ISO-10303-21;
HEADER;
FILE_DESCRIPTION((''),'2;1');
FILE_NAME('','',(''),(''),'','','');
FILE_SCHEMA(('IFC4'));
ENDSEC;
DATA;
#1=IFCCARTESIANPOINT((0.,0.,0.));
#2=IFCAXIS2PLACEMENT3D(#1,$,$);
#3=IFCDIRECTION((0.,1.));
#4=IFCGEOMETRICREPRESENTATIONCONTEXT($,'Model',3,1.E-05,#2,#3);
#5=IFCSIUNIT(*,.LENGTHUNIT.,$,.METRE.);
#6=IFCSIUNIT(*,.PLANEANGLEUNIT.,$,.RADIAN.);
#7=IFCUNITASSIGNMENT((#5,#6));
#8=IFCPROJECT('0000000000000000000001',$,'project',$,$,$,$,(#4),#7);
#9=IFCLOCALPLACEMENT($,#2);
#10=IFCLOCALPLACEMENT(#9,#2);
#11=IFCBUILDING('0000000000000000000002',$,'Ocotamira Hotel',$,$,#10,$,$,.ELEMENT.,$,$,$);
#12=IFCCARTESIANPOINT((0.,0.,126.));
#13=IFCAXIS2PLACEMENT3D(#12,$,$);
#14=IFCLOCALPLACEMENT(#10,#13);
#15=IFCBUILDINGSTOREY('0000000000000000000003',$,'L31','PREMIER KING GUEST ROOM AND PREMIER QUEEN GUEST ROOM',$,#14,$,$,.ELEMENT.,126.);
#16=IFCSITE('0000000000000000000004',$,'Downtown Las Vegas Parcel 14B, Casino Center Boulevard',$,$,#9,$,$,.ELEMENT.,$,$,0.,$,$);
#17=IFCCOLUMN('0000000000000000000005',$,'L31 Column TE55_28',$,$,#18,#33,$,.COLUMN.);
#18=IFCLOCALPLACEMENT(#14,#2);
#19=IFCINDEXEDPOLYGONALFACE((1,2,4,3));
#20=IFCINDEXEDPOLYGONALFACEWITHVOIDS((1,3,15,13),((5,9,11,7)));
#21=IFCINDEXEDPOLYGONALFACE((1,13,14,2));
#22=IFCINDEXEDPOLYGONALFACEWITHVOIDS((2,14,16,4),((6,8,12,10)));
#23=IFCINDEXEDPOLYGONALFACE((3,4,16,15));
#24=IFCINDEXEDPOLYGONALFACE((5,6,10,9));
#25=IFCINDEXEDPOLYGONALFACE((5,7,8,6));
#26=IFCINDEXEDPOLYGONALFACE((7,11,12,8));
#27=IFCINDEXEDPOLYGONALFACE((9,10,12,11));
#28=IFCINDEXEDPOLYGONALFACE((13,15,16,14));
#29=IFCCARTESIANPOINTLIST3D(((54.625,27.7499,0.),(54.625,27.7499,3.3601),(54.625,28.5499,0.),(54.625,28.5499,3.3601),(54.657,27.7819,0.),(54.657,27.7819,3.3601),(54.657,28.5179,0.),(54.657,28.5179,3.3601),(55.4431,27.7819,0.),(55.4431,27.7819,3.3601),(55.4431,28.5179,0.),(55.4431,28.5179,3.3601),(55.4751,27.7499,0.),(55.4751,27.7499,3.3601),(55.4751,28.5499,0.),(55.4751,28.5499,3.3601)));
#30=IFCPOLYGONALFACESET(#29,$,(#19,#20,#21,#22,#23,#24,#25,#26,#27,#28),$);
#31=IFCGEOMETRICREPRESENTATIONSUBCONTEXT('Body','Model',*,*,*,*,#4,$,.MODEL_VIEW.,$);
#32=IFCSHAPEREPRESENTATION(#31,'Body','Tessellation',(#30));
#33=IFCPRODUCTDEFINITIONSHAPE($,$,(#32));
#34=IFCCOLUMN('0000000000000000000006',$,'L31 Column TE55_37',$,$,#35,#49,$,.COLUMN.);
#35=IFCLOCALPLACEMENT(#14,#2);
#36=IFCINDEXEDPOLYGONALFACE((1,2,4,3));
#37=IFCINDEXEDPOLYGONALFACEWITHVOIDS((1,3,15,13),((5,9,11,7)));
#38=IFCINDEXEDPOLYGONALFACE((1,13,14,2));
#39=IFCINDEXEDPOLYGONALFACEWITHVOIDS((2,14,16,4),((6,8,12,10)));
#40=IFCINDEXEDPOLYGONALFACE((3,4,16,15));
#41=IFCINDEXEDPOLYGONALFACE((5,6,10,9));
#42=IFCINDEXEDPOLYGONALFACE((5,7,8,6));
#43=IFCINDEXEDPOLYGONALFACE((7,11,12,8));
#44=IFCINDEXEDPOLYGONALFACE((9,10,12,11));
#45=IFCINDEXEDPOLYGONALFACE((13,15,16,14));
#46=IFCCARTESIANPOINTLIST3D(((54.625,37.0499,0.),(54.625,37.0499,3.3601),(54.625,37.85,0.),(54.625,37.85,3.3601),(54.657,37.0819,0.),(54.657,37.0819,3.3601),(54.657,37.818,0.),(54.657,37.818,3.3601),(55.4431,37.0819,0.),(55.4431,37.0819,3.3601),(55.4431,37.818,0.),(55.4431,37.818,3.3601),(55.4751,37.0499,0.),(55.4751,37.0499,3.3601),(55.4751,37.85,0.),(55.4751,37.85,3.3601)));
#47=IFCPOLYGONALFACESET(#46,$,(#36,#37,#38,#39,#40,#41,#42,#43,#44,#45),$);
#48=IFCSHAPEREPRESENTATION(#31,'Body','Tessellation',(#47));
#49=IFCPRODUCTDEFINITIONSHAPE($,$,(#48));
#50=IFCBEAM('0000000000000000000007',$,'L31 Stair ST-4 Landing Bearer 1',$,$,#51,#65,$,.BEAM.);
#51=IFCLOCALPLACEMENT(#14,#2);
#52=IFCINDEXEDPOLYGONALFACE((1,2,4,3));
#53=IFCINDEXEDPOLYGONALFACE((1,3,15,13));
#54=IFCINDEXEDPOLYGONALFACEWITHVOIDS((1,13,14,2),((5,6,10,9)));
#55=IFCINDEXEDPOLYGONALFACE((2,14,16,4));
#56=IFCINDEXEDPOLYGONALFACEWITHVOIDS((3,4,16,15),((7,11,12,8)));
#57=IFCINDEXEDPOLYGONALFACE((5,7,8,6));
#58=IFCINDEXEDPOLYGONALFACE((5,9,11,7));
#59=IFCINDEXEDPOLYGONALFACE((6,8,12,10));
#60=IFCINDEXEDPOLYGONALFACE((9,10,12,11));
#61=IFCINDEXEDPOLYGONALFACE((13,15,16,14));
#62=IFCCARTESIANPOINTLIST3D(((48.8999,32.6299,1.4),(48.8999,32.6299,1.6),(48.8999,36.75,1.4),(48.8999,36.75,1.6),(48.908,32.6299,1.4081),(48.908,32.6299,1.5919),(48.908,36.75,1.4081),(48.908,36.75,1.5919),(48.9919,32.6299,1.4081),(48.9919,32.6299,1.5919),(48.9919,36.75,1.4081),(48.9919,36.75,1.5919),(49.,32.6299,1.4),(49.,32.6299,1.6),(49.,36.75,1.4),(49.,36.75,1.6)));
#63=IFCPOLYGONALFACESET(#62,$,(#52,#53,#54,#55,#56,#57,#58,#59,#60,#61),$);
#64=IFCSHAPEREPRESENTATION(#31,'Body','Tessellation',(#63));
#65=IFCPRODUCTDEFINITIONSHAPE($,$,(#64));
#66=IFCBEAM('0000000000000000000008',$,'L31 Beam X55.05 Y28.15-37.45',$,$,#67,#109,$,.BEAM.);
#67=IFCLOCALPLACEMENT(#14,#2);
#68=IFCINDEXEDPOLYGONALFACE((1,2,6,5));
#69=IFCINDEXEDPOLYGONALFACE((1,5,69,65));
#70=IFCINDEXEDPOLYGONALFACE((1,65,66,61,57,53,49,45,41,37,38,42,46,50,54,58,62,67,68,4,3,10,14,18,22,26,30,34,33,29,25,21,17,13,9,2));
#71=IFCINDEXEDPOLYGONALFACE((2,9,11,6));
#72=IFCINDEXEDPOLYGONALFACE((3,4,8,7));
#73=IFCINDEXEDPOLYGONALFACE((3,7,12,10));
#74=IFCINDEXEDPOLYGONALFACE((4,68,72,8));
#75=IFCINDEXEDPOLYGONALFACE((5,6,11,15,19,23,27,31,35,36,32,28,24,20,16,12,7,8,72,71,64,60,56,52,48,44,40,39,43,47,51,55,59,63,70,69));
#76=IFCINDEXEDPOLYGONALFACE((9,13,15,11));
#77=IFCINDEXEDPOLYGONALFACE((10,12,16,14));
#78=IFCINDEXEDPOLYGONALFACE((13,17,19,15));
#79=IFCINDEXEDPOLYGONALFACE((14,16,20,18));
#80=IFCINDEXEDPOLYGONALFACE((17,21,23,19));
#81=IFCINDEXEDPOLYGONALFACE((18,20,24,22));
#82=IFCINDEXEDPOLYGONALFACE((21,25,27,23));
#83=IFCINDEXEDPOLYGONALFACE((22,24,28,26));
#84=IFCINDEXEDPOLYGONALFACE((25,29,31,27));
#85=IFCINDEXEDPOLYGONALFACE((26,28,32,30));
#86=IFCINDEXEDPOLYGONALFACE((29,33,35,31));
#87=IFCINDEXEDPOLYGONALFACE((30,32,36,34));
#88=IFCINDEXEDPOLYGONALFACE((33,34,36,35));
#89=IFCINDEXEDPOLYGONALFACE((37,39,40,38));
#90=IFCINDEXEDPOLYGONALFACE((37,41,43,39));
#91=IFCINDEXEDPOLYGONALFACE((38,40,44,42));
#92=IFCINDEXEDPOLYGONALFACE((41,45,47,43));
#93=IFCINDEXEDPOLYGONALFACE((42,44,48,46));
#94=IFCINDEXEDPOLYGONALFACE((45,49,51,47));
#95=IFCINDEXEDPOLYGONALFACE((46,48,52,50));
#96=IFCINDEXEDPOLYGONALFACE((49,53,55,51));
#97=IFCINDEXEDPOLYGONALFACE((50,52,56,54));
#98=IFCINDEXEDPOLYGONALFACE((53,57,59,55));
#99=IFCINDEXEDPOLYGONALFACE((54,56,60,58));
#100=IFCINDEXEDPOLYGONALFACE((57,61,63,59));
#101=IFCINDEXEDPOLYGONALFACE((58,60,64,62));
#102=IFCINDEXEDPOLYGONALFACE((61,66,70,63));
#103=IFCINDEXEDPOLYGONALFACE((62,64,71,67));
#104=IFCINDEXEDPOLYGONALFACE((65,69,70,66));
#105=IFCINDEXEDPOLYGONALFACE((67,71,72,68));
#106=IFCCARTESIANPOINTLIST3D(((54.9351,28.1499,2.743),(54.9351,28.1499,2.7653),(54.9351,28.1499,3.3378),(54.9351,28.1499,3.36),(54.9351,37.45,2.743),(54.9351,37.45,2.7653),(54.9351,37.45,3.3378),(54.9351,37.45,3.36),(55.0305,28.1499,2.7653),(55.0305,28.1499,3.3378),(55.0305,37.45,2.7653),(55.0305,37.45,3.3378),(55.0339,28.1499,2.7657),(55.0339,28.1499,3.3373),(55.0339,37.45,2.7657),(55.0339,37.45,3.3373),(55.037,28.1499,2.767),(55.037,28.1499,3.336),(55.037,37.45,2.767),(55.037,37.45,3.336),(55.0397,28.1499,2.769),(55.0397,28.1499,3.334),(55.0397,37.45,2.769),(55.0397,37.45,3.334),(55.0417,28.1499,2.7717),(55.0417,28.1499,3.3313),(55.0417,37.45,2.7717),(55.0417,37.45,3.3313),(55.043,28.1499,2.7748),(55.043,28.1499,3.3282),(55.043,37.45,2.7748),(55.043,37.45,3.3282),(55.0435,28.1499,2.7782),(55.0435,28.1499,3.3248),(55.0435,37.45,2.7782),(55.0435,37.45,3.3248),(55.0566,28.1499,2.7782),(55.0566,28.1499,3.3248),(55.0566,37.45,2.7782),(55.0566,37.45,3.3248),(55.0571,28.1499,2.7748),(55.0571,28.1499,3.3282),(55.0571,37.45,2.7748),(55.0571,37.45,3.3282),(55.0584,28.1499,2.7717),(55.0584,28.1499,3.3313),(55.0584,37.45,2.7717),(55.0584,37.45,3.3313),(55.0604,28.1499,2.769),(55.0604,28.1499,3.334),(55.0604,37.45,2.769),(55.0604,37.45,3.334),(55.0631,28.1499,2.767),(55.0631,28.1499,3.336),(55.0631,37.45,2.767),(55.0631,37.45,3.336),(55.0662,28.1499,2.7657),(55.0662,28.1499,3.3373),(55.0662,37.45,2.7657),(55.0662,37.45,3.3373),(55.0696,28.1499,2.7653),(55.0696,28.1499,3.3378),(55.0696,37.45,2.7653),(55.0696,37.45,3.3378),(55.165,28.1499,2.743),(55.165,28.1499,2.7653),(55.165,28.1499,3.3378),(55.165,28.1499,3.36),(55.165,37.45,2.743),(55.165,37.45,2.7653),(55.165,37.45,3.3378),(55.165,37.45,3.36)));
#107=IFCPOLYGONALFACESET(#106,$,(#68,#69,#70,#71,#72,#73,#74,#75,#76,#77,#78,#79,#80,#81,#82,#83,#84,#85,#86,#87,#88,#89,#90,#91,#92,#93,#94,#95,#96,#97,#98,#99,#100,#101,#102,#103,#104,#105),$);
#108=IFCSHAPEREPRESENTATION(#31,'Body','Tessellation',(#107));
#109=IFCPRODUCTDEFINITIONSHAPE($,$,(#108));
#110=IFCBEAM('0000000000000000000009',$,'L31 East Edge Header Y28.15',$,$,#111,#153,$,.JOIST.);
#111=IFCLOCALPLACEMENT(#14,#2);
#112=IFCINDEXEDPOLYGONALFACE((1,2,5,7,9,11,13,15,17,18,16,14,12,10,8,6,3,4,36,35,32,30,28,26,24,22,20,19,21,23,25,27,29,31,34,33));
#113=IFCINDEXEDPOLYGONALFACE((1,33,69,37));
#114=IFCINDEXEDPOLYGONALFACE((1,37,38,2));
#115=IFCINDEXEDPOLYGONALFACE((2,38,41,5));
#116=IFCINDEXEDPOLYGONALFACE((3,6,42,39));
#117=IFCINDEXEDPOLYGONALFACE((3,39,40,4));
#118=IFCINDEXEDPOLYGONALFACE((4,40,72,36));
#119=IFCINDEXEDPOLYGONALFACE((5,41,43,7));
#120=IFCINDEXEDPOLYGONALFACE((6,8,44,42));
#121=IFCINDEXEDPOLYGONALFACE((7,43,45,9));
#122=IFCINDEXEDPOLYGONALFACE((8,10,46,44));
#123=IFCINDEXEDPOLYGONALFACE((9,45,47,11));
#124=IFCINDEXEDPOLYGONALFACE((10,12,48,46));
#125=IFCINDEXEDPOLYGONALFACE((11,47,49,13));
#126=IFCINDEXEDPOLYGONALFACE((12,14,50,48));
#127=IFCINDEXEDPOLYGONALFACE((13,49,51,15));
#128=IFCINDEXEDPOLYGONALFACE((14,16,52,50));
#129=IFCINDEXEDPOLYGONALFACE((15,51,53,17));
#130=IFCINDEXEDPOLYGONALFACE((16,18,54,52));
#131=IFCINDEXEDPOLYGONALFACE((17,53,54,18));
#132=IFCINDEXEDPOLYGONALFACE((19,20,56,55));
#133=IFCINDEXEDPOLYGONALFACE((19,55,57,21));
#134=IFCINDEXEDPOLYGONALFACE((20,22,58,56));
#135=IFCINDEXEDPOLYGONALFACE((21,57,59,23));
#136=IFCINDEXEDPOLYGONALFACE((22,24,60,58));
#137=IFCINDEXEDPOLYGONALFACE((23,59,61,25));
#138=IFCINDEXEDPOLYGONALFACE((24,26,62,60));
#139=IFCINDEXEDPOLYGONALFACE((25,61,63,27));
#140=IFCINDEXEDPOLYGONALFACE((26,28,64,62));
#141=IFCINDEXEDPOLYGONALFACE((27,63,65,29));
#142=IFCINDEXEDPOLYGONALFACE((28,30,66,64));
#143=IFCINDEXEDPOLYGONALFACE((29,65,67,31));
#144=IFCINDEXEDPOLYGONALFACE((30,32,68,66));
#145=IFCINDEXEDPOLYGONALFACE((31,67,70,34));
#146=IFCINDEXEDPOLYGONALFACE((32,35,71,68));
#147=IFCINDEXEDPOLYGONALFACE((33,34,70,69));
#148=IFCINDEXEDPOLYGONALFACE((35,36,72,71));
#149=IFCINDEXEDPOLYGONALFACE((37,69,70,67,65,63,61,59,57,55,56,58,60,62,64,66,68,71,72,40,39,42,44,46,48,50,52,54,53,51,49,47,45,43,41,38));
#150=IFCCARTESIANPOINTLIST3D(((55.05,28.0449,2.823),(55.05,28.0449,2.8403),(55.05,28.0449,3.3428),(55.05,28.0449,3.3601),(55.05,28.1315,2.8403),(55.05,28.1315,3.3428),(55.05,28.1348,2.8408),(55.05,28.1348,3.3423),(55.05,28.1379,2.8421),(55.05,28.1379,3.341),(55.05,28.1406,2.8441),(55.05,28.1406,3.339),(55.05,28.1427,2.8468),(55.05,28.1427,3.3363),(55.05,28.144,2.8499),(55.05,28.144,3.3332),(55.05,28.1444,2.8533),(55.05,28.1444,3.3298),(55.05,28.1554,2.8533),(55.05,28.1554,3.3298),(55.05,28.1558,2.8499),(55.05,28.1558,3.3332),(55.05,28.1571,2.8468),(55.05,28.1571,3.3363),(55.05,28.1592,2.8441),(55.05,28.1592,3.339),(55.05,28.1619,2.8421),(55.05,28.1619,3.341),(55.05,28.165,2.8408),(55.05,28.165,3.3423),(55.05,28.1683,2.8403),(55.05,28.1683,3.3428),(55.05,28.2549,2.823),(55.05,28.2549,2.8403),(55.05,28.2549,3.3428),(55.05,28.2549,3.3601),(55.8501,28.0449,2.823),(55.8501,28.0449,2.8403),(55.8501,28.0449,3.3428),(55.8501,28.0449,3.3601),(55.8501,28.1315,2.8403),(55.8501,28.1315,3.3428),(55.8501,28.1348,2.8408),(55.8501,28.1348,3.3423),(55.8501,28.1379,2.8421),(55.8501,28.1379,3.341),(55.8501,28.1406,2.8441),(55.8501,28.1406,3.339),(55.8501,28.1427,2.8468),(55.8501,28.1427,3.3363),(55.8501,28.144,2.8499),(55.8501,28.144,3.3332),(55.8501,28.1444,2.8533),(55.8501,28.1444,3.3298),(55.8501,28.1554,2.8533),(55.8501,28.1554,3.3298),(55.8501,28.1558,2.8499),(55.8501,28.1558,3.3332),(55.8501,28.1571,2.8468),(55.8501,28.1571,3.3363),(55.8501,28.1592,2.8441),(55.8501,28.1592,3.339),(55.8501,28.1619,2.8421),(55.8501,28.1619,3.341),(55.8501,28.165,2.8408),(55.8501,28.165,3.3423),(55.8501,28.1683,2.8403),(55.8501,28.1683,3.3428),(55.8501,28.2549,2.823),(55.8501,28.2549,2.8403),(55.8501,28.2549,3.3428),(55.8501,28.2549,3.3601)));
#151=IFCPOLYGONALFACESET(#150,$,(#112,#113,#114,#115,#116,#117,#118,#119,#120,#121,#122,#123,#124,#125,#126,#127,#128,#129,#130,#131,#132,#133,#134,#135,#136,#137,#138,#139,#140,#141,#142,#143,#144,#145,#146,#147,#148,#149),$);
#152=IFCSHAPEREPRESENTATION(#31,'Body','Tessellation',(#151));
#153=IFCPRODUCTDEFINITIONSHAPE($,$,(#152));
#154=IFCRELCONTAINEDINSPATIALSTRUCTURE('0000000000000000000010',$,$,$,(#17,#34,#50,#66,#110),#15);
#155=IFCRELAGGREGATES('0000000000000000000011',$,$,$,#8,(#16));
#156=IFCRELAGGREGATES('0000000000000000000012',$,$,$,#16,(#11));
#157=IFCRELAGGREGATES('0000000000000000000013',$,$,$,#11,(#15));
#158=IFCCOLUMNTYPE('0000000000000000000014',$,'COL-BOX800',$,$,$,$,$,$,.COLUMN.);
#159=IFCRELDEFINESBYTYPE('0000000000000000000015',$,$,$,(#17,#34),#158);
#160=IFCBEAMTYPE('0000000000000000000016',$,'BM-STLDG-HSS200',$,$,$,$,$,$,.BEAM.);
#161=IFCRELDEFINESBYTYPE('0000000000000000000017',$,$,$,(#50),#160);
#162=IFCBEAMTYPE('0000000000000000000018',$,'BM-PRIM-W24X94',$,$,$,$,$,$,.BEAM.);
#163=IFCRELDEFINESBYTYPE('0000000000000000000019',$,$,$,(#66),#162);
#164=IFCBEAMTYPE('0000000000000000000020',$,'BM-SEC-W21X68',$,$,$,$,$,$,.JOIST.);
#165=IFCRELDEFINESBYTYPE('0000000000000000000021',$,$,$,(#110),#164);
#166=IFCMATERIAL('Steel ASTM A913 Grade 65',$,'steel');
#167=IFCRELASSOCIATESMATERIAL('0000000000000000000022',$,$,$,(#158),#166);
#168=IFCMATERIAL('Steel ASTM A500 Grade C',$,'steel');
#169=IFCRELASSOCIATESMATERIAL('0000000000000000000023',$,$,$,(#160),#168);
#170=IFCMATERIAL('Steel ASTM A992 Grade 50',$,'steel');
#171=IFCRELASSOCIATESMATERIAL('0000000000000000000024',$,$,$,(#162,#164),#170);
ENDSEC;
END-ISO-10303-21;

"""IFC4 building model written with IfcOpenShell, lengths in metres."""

from ifc_helpers import new_model, si_unit, direction, frame, origin, origin_2d, place, context, subcontext, project, spatial, hollow_rectangle, i_section, extrude, source, transform, mapped, material, material_profile, profile_set, type_object, element, save


model = new_model("IFC4")

# Units and contexts
model_context = context("Model", 3, precision=1e-05, world=origin(), true_north=direction((0.0, 1.0)))
body_context = subcontext(model_context, "Body", "Model", "MODEL_VIEW")
ifc_project = project(units=[si_unit("LENGTHUNIT", "METRE"), si_unit("PLANEANGLEUNIT", "RADIAN")], contexts=[model_context])

# Site, building, storey
site_placement = place(None, origin())
site = spatial("IfcSite", under=ifc_project, at=site_placement, Name="Downtown Las Vegas Parcel 14B, Casino Center Boulevard", CompositionType="ELEMENT", RefElevation=0.0)
building_placement = place(site_placement, origin())
building = spatial("IfcBuilding", under=site, at=building_placement, Name="Ocotamira Hotel", CompositionType="ELEMENT")
storey_placement = place(building_placement, frame((0.0, 0.0, 126.0)))
storey = spatial("IfcBuildingStorey", under=building, at=storey_placement, Name="L31", Description="PREMIER KING GUEST ROOM AND PREMIER QUEEN GUEST ROOM", CompositionType="ELEMENT", Elevation=126.0)

# Columns
ifc_material_1 = material(Name="Steel ASTM A913 Grade 65", Category="steel")
ifc_material_profile_1 = material_profile(ifc_material_1, hollow_rectangle(XDim=0.8501, YDim=0.8, WallThickness=0.032, at=origin_2d()), Name="BOX800X850X32")
ifc_profile_set_1 = profile_set([ifc_material_profile_1], Name="Steel ASTM A913 Grade 65")
column_type = type_object("IfcColumnType", Name="COL-BOX800", PredefinedType="COLUMN", material=ifc_profile_set_1)
shared_shape_1 = source(origin(), body_context, "Body", "SweptSolid", [
    extrude(hollow_rectangle(XDim=0.8501, YDim=0.8, WallThickness=0.032, at=origin_2d()), origin(), (0.0, 0.0, 1.0), 3.3601),
])
for number, where, z_axis, x_axis, name in (
    (1, (55.05, 28.1499, 0.0), (0.0, 0.0, 1.0), (1.0, 0.0, 0.0), "L31 Column TE55_28"),
    (2, (55.05, 37.45, 0.0), (0.0, 0.0, 1.0), (1.0, 0.0, 0.0), "L31 Column TE55_37"),
):
    element("IfcColumn", number, at=place(storey_placement, frame(where, z_axis=z_axis, x_axis=x_axis)), inside=storey, type_object=column_type, Name=name, PredefinedType="COLUMN", context=body_context, shape_type="MappedRepresentation", body=[
        mapped(shared_shape_1, transform((0.0, 0.0, 0.0), scale=1.0)),
    ])

# Beams
ifc_material_2 = material(Name="Steel ASTM A500 Grade C", Category="steel")
ifc_material_profile_2 = material_profile(ifc_material_2, hollow_rectangle(XDim=0.1001, YDim=0.2, WallThickness=0.0081, at=origin_2d()), Name="HSS200X100X8")
ifc_profile_set_2 = profile_set([ifc_material_profile_2], Name="Steel ASTM A500 Grade C")
beam_type_1 = type_object("IfcBeamType", Name="BM-STLDG-HSS200", PredefinedType="BEAM", material=ifc_profile_set_2)
shared_shape_2 = source(origin(), body_context, "Body", "SweptSolid", [
    extrude(hollow_rectangle(XDim=0.1001, YDim=0.2, WallThickness=0.0081, at=origin_2d()), origin(), (0.0, 0.0, 1.0), 4.1201),
])
beam_1_placement = place(storey_placement, frame((48.95, 32.6299, 1.5), z_axis=(0.0, 1.0, 0.0), x_axis=(-1.0, 0.0, 0.0)))
element("IfcBeam", 3, at=beam_1_placement, inside=storey, type_object=beam_type_1, Name="L31 Stair ST-4 Landing Bearer 1", PredefinedType="BEAM", context=body_context, shape_type="MappedRepresentation", body=[
    mapped(shared_shape_2, transform((0.0, 0.0, 0.0), scale=1.0)),
])
ifc_material_3 = material(Name="Steel ASTM A992 Grade 50", Category="steel")
ifc_material_profile_3 = material_profile(ifc_material_3, i_section(OverallWidth=0.23, OverallDepth=0.6169, WebThickness=0.0132, FlangeThickness=0.0222, FilletRadius=0.0129, at=origin_2d()), Name="W24X94")
ifc_profile_set_3 = profile_set([ifc_material_profile_3], Name="Steel ASTM A992 Grade 50")
beam_type_2 = type_object("IfcBeamType", Name="BM-PRIM-W24X94", PredefinedType="BEAM", material=ifc_profile_set_3)
shared_shape_3 = source(origin(), body_context, "Body", "SweptSolid", [
    extrude(i_section(OverallWidth=0.23, OverallDepth=0.6169, WebThickness=0.0132, FlangeThickness=0.0222, FilletRadius=0.0129, at=origin_2d()), origin(), (0.0, 0.0, 1.0), 9.3),
])
beam_2_placement = place(storey_placement, frame((55.05, 28.1499, 3.0515), z_axis=(0.0, 1.0, 0.0), x_axis=(-1.0, 0.0, 0.0)))
element("IfcBeam", 4, at=beam_2_placement, inside=storey, type_object=beam_type_2, Name="L31 Beam X55.05 Y28.15-37.45", PredefinedType="BEAM", context=body_context, shape_type="MappedRepresentation", body=[
    mapped(shared_shape_3, transform((0.0, 0.0, 0.0), scale=1.0)),
])
ifc_material_profile_4 = material_profile(ifc_material_3, i_section(OverallWidth=0.21, OverallDepth=0.5371, WebThickness=0.011, FlangeThickness=0.0173, FilletRadius=0.0129, at=origin_2d()), Name="W21X68")
ifc_profile_set_4 = profile_set([ifc_material_profile_4], Name="Steel ASTM A992 Grade 50")
beam_type_3 = type_object("IfcBeamType", Name="BM-SEC-W21X68", PredefinedType="JOIST", material=ifc_profile_set_4)
shared_shape_4 = source(origin(), body_context, "Body", "SweptSolid", [
    extrude(i_section(OverallWidth=0.21, OverallDepth=0.5371, WebThickness=0.011, FlangeThickness=0.0173, FilletRadius=0.0129, at=origin_2d()), origin(), (0.0, 0.0, 1.0), 0.8),
])
for number, where, z_axis, x_axis, name in (
    (5, (55.05, 28.1499, 3.0916), (1.0, 0.0, 0.0), (0.0, 1.0, 0.0), "L31 East Edge Header Y28.15"),
):
    element("IfcBeam", number, at=place(storey_placement, frame(where, z_axis=z_axis, x_axis=x_axis)), inside=storey, type_object=beam_type_3, Name=name, PredefinedType="JOIST", context=body_context, shape_type="MappedRepresentation", body=[
        mapped(shared_shape_4, transform((0.0, 0.0, 0.0), scale=1.0)),
    ])

save(model, "model.ifc")
